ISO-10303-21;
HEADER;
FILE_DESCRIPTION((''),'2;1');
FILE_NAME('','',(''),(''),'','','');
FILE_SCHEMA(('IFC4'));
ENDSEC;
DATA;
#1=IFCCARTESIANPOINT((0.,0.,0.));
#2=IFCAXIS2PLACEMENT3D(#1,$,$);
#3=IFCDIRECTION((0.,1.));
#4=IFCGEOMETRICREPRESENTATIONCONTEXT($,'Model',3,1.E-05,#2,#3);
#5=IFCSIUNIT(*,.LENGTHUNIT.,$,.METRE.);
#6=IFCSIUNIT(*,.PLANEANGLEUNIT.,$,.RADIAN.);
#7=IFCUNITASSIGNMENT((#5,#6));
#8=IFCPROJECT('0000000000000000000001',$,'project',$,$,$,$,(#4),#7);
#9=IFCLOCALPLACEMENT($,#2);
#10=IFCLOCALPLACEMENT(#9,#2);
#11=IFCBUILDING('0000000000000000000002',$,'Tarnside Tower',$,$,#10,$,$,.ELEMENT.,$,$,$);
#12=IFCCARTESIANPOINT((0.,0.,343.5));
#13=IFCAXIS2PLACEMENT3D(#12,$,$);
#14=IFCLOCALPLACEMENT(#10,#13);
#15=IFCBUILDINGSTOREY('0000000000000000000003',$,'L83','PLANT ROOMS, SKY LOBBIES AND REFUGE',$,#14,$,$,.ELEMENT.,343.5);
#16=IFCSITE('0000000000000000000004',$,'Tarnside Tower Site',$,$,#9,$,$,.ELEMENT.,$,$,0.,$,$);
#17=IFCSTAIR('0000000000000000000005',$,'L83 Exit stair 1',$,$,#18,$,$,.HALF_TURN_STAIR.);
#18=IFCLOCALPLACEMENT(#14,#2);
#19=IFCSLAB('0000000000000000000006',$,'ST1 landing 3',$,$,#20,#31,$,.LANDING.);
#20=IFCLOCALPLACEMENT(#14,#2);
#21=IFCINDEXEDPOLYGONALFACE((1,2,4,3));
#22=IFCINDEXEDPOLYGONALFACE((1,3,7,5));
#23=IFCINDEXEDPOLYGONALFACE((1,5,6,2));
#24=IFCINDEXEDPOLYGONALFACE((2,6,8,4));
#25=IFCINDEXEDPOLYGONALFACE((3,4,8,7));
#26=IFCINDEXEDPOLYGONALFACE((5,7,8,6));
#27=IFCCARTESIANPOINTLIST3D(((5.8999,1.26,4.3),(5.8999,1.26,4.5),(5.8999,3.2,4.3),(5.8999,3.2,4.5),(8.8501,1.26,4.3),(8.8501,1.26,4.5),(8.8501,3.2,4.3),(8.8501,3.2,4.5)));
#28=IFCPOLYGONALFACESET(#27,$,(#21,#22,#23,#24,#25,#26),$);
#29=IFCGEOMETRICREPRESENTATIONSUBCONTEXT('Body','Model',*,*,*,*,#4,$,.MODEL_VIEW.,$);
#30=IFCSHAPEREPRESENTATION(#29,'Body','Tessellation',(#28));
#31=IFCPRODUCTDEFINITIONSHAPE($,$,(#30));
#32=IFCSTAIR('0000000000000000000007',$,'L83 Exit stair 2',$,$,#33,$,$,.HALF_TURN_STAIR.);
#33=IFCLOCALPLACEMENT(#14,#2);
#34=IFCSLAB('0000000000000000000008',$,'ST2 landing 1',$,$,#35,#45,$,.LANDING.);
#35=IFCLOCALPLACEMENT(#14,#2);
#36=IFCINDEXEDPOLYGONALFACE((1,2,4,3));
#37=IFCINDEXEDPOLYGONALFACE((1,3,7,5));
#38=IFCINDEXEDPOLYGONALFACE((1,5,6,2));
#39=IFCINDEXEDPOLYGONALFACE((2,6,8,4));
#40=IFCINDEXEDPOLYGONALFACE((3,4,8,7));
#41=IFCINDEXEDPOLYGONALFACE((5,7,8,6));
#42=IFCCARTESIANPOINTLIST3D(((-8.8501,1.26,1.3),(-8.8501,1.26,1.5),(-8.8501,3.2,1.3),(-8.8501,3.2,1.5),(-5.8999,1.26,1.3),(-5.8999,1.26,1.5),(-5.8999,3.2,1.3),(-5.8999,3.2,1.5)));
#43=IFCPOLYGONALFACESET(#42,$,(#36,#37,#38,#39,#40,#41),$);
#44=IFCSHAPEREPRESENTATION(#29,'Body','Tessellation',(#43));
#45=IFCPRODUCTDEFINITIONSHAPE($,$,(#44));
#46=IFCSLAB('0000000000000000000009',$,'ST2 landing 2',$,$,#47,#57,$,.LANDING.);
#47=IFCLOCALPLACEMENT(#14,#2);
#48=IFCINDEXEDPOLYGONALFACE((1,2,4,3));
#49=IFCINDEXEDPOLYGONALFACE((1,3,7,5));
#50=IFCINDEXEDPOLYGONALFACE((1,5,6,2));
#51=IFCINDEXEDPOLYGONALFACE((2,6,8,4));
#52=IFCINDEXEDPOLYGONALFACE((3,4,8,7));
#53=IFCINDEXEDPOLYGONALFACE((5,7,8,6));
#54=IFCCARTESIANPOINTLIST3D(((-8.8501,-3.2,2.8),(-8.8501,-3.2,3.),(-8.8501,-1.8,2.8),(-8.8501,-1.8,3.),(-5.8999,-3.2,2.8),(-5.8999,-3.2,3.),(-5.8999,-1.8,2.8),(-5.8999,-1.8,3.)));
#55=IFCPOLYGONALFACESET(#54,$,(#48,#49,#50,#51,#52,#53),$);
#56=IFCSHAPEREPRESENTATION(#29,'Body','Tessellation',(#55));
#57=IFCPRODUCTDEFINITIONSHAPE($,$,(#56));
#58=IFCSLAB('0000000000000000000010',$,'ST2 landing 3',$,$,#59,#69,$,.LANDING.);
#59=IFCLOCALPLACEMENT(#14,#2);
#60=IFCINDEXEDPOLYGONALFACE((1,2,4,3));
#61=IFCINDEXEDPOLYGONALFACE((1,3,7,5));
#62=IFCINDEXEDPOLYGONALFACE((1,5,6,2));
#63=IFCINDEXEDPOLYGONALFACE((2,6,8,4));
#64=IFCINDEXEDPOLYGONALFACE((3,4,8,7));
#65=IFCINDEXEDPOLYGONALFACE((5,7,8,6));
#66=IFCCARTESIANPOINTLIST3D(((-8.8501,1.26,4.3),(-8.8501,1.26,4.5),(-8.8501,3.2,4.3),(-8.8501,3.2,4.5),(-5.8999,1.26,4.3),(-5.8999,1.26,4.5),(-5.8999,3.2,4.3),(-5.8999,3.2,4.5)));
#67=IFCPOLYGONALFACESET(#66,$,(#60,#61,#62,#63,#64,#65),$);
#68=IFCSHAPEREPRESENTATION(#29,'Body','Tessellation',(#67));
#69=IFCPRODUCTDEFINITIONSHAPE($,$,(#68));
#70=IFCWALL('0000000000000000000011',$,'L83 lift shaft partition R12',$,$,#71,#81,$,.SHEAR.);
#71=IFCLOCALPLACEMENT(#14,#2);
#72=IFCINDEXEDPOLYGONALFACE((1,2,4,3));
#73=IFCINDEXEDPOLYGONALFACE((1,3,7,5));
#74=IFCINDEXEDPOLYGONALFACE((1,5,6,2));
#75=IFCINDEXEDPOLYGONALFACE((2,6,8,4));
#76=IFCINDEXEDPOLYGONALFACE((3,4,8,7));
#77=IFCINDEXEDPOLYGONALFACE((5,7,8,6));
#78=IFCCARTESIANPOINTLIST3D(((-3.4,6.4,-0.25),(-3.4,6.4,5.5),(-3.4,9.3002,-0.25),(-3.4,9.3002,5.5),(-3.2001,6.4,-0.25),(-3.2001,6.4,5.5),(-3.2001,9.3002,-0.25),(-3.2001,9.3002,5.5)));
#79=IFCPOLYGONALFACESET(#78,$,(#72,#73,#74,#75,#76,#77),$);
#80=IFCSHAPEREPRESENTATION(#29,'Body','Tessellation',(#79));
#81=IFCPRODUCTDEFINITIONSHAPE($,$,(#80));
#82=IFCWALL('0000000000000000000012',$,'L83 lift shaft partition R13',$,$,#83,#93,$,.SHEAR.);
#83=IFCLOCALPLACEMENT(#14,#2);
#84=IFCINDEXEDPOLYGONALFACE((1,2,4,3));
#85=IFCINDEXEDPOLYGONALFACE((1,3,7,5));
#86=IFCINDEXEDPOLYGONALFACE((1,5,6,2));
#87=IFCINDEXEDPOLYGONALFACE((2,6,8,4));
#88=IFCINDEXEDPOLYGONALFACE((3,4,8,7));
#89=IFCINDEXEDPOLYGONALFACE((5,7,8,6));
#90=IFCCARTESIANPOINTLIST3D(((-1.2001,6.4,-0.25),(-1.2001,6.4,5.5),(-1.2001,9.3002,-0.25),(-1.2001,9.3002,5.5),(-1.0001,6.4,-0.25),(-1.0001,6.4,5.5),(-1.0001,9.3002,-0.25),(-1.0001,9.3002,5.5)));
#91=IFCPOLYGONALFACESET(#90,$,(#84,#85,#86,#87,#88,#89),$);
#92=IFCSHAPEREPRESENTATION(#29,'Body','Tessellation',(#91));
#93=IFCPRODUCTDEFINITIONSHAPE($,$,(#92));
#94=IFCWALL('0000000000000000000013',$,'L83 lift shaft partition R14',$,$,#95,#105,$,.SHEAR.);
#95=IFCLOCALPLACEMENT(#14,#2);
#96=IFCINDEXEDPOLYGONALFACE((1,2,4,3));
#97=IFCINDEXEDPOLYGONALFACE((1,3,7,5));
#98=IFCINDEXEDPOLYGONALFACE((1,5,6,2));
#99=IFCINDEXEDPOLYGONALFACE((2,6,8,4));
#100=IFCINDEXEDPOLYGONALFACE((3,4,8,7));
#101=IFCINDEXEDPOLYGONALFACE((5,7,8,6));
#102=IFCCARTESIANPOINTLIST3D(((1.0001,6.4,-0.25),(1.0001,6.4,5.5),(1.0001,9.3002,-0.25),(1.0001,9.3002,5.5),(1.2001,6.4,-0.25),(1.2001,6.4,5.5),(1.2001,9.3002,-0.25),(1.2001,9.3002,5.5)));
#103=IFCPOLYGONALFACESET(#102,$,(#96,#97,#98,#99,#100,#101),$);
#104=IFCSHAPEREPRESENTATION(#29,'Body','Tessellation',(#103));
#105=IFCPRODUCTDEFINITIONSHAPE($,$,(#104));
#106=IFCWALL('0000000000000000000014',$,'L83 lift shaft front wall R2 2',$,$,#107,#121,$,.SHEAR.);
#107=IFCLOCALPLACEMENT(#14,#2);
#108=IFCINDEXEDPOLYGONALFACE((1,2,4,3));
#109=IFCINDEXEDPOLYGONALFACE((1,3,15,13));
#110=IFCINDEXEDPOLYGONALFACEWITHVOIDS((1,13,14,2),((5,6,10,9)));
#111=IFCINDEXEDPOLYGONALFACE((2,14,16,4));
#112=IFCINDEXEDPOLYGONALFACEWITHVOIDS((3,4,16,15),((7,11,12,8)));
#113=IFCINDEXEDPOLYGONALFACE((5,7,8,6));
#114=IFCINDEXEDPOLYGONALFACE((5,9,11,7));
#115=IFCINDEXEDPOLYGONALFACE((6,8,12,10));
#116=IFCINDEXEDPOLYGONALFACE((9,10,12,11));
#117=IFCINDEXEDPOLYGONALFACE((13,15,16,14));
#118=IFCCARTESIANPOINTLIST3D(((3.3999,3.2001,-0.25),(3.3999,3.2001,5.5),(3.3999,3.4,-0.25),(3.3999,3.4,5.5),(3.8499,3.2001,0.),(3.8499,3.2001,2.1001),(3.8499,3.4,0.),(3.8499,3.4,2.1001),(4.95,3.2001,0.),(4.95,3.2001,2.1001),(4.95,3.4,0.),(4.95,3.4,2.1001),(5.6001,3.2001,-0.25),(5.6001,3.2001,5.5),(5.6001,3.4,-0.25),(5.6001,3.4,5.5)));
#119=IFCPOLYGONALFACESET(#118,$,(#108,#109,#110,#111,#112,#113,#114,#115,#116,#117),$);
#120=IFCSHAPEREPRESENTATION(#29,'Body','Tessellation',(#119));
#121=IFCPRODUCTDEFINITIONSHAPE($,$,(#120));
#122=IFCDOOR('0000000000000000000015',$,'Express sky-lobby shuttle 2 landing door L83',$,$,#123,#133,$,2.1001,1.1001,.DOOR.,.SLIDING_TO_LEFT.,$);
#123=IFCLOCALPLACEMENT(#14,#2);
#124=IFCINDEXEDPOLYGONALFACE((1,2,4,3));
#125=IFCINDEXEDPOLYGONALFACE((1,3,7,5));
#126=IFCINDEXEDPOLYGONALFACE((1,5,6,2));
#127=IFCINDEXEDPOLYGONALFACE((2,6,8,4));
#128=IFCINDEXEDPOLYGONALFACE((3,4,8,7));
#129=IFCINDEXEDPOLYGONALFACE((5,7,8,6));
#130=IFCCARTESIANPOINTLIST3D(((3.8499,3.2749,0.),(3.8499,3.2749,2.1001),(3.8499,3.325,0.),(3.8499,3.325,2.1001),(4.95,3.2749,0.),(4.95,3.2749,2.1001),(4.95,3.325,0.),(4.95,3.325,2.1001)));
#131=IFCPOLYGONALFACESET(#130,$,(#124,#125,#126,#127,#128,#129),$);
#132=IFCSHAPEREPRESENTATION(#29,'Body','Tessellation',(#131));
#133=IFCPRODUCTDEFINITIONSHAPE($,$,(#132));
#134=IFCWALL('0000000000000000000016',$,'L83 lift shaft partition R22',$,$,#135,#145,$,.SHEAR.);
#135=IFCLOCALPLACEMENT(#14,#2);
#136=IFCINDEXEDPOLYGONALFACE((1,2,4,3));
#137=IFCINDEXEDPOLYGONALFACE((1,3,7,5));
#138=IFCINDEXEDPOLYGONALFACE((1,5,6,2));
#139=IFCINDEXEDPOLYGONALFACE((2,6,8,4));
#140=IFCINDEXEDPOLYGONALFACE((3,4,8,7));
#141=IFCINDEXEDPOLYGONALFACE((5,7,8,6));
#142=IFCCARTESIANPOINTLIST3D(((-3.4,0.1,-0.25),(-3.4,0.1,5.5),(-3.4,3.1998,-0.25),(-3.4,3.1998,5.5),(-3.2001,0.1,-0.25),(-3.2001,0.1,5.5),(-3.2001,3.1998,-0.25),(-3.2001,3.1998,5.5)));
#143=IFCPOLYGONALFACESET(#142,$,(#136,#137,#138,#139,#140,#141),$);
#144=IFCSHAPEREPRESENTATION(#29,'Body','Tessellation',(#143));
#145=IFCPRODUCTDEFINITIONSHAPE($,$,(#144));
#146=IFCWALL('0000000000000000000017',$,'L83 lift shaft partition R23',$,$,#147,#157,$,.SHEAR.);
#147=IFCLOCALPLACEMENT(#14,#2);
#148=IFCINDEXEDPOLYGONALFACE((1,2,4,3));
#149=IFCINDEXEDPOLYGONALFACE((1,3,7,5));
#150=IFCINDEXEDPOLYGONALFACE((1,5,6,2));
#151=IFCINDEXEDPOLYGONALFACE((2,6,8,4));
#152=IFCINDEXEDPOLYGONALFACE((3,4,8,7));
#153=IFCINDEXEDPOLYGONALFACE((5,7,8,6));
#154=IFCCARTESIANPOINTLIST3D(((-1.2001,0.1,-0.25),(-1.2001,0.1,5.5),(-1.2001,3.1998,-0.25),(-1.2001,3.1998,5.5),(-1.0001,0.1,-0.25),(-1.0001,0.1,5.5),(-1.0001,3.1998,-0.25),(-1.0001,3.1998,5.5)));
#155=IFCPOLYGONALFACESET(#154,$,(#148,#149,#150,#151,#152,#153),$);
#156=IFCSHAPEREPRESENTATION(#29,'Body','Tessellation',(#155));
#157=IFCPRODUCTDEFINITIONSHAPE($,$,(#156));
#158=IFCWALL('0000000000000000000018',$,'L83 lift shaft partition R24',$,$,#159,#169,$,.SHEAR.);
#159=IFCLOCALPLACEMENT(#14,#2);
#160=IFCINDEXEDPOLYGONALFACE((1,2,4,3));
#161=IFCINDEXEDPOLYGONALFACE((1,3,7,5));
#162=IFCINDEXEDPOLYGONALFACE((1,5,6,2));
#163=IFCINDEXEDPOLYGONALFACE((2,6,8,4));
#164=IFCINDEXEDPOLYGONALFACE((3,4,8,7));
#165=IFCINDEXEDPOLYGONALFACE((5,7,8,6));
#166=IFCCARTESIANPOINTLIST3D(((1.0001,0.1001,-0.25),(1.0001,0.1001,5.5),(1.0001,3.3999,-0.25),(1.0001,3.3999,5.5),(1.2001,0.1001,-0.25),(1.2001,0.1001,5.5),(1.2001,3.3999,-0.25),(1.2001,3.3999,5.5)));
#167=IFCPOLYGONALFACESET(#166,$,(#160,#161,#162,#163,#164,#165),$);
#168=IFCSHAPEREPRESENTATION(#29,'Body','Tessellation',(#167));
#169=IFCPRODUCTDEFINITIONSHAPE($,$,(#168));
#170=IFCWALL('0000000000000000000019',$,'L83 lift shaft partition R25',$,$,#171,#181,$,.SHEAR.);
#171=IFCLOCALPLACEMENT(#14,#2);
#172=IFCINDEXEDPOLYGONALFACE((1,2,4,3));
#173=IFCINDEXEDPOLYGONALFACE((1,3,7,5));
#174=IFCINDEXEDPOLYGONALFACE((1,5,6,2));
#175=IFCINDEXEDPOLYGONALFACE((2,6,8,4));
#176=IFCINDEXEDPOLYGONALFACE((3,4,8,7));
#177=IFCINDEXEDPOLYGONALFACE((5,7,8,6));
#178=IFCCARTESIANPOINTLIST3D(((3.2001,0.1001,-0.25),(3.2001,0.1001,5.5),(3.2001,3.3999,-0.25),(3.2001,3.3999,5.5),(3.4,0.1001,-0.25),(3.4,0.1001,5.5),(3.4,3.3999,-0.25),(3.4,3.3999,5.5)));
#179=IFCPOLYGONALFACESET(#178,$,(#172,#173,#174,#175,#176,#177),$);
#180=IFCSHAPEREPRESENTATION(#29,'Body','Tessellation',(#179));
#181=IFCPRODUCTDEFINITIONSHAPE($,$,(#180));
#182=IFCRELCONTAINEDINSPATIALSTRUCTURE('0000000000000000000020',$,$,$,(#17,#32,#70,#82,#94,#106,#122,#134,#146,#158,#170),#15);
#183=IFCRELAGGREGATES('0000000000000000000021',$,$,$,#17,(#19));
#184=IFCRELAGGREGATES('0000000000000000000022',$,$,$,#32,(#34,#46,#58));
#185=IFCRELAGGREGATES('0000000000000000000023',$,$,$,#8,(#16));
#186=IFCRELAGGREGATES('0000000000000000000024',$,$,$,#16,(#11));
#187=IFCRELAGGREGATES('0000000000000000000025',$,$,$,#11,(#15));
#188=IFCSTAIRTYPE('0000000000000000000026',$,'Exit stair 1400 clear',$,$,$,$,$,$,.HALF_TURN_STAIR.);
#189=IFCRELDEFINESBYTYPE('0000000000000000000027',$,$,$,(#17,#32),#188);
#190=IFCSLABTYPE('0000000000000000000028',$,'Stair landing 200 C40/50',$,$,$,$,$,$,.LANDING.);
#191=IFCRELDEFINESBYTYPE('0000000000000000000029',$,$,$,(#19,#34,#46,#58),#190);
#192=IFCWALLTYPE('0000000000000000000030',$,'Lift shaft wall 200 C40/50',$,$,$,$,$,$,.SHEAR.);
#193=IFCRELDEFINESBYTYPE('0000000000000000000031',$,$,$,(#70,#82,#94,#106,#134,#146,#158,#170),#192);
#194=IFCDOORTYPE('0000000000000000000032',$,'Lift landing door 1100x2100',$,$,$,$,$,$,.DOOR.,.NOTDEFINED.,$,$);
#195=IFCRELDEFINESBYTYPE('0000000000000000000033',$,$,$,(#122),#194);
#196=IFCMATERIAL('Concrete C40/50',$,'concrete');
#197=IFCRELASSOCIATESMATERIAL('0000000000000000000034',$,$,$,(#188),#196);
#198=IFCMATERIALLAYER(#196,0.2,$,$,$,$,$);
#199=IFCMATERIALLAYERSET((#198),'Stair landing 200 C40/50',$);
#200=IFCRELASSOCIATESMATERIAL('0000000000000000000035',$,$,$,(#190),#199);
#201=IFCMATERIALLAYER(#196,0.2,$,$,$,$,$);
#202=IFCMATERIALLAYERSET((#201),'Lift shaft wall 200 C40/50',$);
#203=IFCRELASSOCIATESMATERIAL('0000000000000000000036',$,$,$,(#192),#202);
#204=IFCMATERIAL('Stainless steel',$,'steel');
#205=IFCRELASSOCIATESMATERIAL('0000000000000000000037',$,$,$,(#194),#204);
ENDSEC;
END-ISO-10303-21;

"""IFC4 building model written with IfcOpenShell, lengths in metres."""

from ifc_helpers import new_model, si_unit, direction, frame, frame_2d, origin, place, context, subcontext, project, spatial, polyline, rectangle, outline, extrude, material, layer, layer_set, type_object, element, fill, aggregate, save


model = new_model("IFC4")

# Units and contexts
model_context = context("Model", 3, precision=1e-05, world=origin(), true_north=direction((0.0, 1.0)))
body_context = subcontext(model_context, "Body", "Model", "MODEL_VIEW")
ifc_project = project(units=[si_unit("LENGTHUNIT", "METRE"), si_unit("PLANEANGLEUNIT", "RADIAN")], contexts=[model_context])

# Site, building, storey
site_placement = place(None, origin())
site = spatial("IfcSite", under=ifc_project, at=site_placement, Name="Tarnside Tower Site", CompositionType="ELEMENT", RefElevation=0.0)
building_placement = place(site_placement, origin())
building = spatial("IfcBuilding", under=site, at=building_placement, Name="Tarnside Tower", CompositionType="ELEMENT")
storey_placement = place(building_placement, frame((0.0, 0.0, 343.5)))
storey = spatial("IfcBuildingStorey", under=building, at=storey_placement, Name="L83", Description="PLANT ROOMS, SKY LOBBIES AND REFUGE", CompositionType="ELEMENT", Elevation=343.5)

# Shared definitions
ifc_material_1 = material(Name="Concrete C40/50", Category="concrete")

# Stairs, slabs
stair_type = type_object("IfcStairType", Name="Exit stair 1400 clear", PredefinedType="HALF_TURN_STAIR", material=ifc_material_1)
stair_1_placement = place(storey_placement, origin())
stair_1 = element("IfcStair", 1, at=stair_1_placement, inside=storey, type_object=stair_type, Name="L83 Exit stair 1", PredefinedType="HALF_TURN_STAIR")
ifc_layer_1 = layer(ifc_material_1, 0.2)
ifc_layer_set_1 = layer_set([ifc_layer_1], Name="Stair landing 200 C40/50")
slab_type_1 = type_object("IfcSlabType", Name="Stair landing 200 C40/50", PredefinedType="LANDING", material=ifc_layer_set_1)
slab_1_placement = place(storey_placement, frame((0.0, 0.0, 4.3)))
slab_1 = element("IfcSlab", 2, at=slab_1_placement, type_object=slab_type_1, Name="ST1 landing 3", PredefinedType="LANDING", context=body_context, shape_type="SweptSolid", body=[
    extrude(outline(polyline([(8.8501, 1.26), (8.8501, 3.2), (5.8999, 3.2), (5.8999, 1.26), (8.8501, 1.26)])), origin(), (0.0, 0.0, 1.0), 0.2),
])
aggregate(stair_1, [slab_1])
stair_2_placement = place(storey_placement, origin())
stair_2 = element("IfcStair", 3, at=stair_2_placement, inside=storey, type_object=stair_type, Name="L83 Exit stair 2", PredefinedType="HALF_TURN_STAIR")
slab_2_placement = place(storey_placement, frame((0.0, 0.0, 1.3)))
slab_2 = element("IfcSlab", 4, at=slab_2_placement, type_object=slab_type_1, Name="ST2 landing 1", PredefinedType="LANDING", context=body_context, shape_type="SweptSolid", body=[
    extrude(outline(polyline([(-5.8999, 1.26), (-5.8999, 3.2), (-8.8501, 3.2), (-8.8501, 1.26), (-5.8999, 1.26)])), origin(), (0.0, 0.0, 1.0), 0.2),
])
slab_3_placement = place(storey_placement, frame((0.0, 0.0, 2.8)))
slab_3 = element("IfcSlab", 5, at=slab_3_placement, type_object=slab_type_1, Name="ST2 landing 2", PredefinedType="LANDING", context=body_context, shape_type="SweptSolid", body=[
    extrude(outline(polyline([(-5.8999, -3.2), (-5.8999, -1.8), (-8.8501, -1.8), (-8.8501, -3.2), (-5.8999, -3.2)])), origin(), (0.0, 0.0, 1.0), 0.2),
])
slab_4_placement = place(storey_placement, frame((0.0, 0.0, 4.3)))
slab_4 = element("IfcSlab", 6, at=slab_4_placement, type_object=slab_type_1, Name="ST2 landing 3", PredefinedType="LANDING", context=body_context, shape_type="SweptSolid", body=[
    extrude(outline(polyline([(-5.8999, 1.26), (-5.8999, 3.2), (-8.8501, 3.2), (-8.8501, 1.26), (-5.8999, 1.26)])), origin(), (0.0, 0.0, 1.0), 0.2),
])
aggregate(stair_2, [slab_2, slab_3, slab_4])

# Walls
ifc_layer_2 = layer(ifc_material_1, 0.2)
ifc_layer_set_2 = layer_set([ifc_layer_2], Name="Lift shaft wall 200 C40/50")
wall_type = type_object("IfcWallType", Name="Lift shaft wall 200 C40/50", PredefinedType="SHEAR", material=ifc_layer_set_2)
for number, where, z_axis, x_axis, name in (
    (7, (-3.3, 6.3999, -0.25), (0.0, 0.0, 1.0), (0.0, 1.0, 0.0), "L83 lift shaft partition R12"),
    (8, (-1.1001, 6.3999, -0.25), (0.0, 0.0, 1.0), (0.0, 1.0, 0.0), "L83 lift shaft partition R13"),
    (9, (1.1001, 6.3999, -0.25), (0.0, 0.0, 1.0), (0.0, 1.0, 0.0), "L83 lift shaft partition R14"),
):
    element("IfcWall", number, at=place(storey_placement, frame(where, z_axis=z_axis, x_axis=x_axis)), inside=storey, type_object=wall_type, Name=name, PredefinedType="SHEAR", context=body_context, shape_type="SweptSolid", body=[
        extrude(rectangle(XDim=2.9001, YDim=0.2, at=frame_2d((1.4502, 0.0))), origin(), (0.0, 0.0, 1.0), 5.75),
    ])

# Wall, opening, door
wall_placement = place(storey_placement, frame((3.3999, 3.3, -0.25), z_axis=(0.0, 0.0, 1.0), x_axis=(1.0, 0.0, 0.0)))
wall = element("IfcWall", 10, at=wall_placement, inside=storey, type_object=wall_type, Name="L83 lift shaft front wall R2 2", PredefinedType="SHEAR", context=body_context, shape_type="SweptSolid", body=[
    extrude(rectangle(XDim=2.2002, YDim=0.2, at=frame_2d((1.1001, 0.0))), origin(), (0.0, 0.0, 1.0), 5.75),
])
opening_1_placement = place(wall_placement, frame((0.45, 0.0, 0.25)))
opening_1 = element("IfcOpeningElement", 11, at=opening_1_placement, cuts=wall, PredefinedType="OPENING", context=body_context, shape_type="SweptSolid", body=[
    extrude(rectangle(XDim=1.1001, YDim=2.1001, at=frame_2d((0.55, 1.05))), frame((0.0, 0.1099, 0.0), z_axis=(0.0, -1.0, 0.0), x_axis=(1.0, 0.0, 0.0)), (0.0, 0.0, 1.0), 0.22),
])
ifc_material_2 = material(Name="Stainless steel", Category="steel")
door_type_1 = type_object("IfcDoorType", Name="Lift landing door 1100x2100", OperationType="NOTDEFINED", PredefinedType="DOOR", material=ifc_material_2)
door_1_placement = place(opening_1_placement, origin())
door_1 = element("IfcDoor", 12, at=door_1_placement, inside=storey, type_object=door_type_1, Name="Express sky-lobby shuttle 2 landing door L83", OperationType="SLIDING_TO_LEFT", OverallHeight=2.1001, OverallWidth=1.1001, PredefinedType="DOOR", context=body_context, shape_type="SweptSolid", body=[
    extrude(rectangle(XDim=1.1001, YDim=2.1001, at=frame_2d((0.55, 1.05))), frame((0.0, 0.0249, 0.0), z_axis=(0.0, -1.0, 0.0), x_axis=(1.0, 0.0, 0.0)), (0.0, 0.0, 1.0), 0.05),
])
fill(opening_1, door_1)

# Walls
for number, where, z_axis, x_axis, name in (
    (13, (-3.3, 0.1001, -0.25), (0.0, 0.0, 1.0), (0.0, 1.0, 0.0), "L83 lift shaft partition R22"),
    (14, (-1.1001, 0.1001, -0.25), (0.0, 0.0, 1.0), (0.0, 1.0, 0.0), "L83 lift shaft partition R23"),
):
    element("IfcWall", number, at=place(storey_placement, frame(where, z_axis=z_axis, x_axis=x_axis)), inside=storey, type_object=wall_type, Name=name, PredefinedType="SHEAR", context=body_context, shape_type="SweptSolid", body=[
        extrude(rectangle(XDim=3.0999, YDim=0.2, at=frame_2d((1.5498, 0.0))), origin(), (0.0, 0.0, 1.0), 5.75),
    ])
for number, where, z_axis, x_axis, name in (
    (15, (1.1001, 0.1001, -0.25), (0.0, 0.0, 1.0), (0.0, 1.0, 0.0), "L83 lift shaft partition R24"),
    (16, (3.3, 0.1001, -0.25), (0.0, 0.0, 1.0), (0.0, 1.0, 0.0), "L83 lift shaft partition R25"),
):
    element("IfcWall", number, at=place(storey_placement, frame(where, z_axis=z_axis, x_axis=x_axis)), inside=storey, type_object=wall_type, Name=name, PredefinedType="SHEAR", context=body_context, shape_type="SweptSolid", body=[
        extrude(rectangle(XDim=3.2998, YDim=0.2, at=frame_2d((1.6499, 0.0))), origin(), (0.0, 0.0, 1.0), 5.75),
    ])

save(model, "model.ifc")
